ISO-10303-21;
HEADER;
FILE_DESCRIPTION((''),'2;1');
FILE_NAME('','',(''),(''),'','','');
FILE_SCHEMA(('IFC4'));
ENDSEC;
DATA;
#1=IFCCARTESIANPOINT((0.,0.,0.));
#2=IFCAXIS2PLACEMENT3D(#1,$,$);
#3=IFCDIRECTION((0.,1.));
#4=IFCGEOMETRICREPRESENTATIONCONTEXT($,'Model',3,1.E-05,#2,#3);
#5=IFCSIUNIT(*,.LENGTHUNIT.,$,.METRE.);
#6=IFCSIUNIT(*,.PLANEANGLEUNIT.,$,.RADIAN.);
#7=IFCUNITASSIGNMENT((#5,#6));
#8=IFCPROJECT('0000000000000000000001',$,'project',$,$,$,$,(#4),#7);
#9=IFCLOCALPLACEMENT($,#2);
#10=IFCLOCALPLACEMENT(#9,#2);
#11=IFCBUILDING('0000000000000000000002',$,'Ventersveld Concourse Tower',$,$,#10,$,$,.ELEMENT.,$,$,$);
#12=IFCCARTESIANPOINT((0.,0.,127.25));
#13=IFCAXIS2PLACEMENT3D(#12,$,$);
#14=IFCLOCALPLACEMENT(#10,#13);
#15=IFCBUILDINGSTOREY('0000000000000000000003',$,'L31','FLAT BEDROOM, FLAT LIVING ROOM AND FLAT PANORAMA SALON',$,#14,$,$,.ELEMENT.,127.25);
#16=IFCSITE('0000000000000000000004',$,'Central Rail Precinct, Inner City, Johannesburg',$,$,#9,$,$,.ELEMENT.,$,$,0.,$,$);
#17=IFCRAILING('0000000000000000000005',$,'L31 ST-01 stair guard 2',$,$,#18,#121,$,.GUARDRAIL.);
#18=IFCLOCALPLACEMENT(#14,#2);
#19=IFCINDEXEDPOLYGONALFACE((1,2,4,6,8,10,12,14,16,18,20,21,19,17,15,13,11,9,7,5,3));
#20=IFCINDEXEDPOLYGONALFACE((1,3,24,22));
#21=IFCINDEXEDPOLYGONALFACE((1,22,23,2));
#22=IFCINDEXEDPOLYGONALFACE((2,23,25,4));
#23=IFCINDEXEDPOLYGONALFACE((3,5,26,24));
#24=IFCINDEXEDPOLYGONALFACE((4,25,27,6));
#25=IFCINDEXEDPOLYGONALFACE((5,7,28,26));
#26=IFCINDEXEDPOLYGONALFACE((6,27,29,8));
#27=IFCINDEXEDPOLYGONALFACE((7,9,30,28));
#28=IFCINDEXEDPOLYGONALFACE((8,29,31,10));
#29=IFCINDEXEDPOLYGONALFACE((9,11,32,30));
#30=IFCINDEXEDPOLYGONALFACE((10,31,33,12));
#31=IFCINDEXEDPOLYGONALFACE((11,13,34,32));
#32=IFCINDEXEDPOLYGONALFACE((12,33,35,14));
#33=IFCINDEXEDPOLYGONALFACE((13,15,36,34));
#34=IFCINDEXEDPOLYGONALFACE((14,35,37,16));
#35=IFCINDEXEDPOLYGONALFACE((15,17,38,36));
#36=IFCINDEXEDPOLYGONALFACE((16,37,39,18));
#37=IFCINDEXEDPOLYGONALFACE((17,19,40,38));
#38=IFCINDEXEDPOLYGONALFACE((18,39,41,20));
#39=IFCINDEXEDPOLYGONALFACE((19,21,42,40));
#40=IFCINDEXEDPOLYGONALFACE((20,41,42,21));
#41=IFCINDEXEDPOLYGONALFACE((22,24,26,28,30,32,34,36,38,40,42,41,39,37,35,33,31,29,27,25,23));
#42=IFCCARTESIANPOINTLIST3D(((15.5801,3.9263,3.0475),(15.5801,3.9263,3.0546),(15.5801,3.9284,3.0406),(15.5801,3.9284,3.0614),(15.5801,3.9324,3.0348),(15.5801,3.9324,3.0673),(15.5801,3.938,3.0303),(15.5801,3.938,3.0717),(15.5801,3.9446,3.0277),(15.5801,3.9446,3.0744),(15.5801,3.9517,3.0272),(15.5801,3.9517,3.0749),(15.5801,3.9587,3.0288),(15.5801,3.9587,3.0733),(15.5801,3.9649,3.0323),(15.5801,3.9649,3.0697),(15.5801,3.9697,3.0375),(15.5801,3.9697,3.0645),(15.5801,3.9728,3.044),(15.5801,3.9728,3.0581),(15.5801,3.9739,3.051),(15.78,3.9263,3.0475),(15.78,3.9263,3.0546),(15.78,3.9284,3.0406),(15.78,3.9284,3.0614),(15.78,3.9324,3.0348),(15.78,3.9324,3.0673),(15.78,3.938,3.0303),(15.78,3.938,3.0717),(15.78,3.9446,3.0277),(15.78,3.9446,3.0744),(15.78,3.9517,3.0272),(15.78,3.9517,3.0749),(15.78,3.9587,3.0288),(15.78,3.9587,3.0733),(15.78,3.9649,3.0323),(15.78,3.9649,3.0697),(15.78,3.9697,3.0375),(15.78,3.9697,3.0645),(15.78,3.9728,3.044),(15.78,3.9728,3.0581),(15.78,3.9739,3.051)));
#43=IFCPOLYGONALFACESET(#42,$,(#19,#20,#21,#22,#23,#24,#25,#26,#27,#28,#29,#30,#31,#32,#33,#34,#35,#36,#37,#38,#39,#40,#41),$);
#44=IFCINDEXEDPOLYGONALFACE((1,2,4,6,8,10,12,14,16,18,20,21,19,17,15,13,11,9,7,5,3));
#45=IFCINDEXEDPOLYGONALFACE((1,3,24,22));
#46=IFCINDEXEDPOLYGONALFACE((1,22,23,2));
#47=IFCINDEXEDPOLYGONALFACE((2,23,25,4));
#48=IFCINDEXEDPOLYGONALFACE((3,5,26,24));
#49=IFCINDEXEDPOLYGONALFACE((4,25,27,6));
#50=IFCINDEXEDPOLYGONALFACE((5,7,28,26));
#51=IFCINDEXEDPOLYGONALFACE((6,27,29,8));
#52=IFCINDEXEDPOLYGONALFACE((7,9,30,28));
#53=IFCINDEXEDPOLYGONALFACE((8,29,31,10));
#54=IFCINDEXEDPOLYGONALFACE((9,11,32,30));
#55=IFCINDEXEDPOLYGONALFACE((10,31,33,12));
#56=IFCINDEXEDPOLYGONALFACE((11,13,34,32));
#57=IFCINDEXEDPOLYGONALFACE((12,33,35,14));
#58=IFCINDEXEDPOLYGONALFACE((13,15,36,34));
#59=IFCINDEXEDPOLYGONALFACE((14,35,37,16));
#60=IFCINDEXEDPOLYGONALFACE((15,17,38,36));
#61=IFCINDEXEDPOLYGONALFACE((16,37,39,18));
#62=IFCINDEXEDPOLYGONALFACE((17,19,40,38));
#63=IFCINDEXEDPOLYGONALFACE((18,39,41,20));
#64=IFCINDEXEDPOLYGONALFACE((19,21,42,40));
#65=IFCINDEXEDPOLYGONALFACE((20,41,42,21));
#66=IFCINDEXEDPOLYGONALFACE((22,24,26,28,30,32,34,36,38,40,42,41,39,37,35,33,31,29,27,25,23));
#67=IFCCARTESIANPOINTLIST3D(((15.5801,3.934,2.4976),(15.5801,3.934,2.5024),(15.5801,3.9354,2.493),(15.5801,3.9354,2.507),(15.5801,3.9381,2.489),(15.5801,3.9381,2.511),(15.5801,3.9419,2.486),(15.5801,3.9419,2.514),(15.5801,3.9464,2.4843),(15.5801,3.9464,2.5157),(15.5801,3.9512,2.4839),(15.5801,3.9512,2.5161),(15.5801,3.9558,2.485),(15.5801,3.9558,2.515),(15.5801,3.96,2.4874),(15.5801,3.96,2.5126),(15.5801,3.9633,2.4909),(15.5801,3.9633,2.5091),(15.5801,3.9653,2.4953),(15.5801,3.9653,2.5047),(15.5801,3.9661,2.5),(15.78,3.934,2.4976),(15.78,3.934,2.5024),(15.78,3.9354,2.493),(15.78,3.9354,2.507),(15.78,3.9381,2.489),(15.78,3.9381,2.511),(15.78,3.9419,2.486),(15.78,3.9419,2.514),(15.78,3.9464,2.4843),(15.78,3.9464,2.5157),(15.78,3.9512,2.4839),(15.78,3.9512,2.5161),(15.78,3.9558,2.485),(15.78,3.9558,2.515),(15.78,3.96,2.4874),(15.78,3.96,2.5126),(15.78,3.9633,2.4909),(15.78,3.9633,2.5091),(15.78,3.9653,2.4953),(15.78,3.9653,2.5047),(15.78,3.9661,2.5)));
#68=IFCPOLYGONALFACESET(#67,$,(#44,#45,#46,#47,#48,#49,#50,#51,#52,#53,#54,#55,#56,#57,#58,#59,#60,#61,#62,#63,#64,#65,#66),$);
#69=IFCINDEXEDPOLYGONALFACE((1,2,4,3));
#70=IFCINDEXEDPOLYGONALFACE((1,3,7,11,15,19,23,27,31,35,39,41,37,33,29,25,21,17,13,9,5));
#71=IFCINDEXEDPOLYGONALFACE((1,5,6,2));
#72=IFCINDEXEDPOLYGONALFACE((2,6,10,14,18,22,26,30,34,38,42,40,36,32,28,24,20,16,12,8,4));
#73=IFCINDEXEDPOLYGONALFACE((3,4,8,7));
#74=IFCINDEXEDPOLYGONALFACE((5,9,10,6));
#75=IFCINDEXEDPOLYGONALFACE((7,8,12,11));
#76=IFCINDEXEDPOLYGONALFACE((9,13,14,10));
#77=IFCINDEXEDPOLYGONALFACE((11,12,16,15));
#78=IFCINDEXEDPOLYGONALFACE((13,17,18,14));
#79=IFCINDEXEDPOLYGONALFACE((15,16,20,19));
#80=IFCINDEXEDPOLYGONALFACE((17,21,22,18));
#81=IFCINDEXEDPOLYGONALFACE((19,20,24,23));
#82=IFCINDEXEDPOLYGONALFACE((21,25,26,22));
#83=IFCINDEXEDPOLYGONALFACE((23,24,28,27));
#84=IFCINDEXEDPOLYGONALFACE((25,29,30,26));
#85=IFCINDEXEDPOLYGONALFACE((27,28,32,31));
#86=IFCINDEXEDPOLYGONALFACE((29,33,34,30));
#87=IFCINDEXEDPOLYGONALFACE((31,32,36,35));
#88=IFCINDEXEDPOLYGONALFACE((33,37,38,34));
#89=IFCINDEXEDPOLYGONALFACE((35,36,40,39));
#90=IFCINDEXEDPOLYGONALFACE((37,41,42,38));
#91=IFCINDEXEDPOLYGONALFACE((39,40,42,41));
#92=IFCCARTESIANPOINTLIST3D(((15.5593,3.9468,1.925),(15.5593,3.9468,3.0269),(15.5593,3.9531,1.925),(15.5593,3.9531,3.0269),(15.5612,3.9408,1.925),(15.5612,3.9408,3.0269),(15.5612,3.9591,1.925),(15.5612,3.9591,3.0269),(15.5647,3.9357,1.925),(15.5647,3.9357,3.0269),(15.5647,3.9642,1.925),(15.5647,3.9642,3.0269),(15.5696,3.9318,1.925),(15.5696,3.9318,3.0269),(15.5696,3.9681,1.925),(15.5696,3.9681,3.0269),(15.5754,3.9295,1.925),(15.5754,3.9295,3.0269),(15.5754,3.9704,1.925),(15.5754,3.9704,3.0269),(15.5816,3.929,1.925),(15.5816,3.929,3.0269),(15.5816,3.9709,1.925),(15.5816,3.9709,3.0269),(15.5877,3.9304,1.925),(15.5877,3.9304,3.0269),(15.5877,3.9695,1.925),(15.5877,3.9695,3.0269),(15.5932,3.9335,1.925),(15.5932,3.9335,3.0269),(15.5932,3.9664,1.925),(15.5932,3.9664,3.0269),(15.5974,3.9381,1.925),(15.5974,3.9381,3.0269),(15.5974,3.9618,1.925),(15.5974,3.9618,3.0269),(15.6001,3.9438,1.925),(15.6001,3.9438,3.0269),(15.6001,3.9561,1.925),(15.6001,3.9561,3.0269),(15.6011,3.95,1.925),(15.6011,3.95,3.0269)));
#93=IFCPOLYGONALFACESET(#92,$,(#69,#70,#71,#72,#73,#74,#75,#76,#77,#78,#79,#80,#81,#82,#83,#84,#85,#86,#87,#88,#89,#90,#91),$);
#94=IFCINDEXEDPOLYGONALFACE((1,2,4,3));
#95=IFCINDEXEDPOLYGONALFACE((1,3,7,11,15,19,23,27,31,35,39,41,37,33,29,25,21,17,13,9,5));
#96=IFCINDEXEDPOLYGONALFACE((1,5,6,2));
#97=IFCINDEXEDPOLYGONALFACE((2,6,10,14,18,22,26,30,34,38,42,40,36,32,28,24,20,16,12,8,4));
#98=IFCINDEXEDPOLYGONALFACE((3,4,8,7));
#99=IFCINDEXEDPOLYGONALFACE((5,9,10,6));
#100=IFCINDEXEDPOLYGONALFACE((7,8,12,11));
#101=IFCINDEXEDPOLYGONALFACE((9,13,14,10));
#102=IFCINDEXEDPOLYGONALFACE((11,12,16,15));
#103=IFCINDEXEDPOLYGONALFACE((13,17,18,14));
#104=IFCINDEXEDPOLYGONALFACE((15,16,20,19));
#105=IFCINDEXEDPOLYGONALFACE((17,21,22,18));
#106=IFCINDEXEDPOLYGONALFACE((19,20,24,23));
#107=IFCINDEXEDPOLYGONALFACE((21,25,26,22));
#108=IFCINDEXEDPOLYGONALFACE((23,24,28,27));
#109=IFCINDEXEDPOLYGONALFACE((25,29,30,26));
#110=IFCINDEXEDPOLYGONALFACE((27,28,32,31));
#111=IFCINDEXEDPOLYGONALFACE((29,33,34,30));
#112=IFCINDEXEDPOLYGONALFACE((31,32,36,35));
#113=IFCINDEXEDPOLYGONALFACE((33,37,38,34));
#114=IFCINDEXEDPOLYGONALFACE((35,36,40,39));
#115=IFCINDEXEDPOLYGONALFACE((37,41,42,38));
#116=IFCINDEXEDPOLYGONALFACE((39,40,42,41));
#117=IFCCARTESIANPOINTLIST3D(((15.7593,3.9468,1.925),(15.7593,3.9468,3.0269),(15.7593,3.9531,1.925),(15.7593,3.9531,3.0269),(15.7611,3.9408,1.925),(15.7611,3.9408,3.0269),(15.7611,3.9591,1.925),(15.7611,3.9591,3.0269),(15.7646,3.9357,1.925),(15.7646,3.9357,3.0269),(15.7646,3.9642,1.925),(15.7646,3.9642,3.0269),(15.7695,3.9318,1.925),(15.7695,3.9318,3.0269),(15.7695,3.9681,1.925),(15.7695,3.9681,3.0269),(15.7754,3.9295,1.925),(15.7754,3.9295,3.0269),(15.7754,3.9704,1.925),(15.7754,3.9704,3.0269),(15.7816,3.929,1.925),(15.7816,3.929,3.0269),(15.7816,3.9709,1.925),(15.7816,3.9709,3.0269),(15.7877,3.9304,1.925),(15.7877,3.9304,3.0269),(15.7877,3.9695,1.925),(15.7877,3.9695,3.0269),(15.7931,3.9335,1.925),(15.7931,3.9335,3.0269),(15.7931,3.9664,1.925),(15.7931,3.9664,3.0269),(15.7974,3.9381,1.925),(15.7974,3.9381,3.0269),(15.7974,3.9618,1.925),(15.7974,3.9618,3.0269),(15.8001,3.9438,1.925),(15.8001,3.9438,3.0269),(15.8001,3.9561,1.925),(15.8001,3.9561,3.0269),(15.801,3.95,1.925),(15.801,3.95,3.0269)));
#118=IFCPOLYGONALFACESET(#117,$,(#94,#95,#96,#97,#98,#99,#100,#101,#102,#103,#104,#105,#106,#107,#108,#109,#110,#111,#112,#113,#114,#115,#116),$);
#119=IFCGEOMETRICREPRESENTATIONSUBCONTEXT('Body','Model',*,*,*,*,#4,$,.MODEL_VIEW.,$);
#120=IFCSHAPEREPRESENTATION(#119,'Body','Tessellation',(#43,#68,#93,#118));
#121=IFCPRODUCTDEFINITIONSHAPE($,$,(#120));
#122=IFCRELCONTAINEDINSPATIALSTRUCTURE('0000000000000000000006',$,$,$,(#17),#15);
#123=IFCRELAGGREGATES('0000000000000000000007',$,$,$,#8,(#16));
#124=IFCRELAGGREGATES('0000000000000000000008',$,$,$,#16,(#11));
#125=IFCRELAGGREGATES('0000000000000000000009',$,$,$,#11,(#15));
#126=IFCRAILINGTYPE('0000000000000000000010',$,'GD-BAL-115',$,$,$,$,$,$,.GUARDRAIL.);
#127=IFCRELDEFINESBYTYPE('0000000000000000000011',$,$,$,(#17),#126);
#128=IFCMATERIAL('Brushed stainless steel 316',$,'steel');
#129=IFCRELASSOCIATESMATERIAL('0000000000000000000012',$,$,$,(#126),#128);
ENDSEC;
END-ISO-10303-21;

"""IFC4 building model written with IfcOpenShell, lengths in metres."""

from ifc_helpers import new_model, si_unit, direction, frame, origin, origin_2d, place, context, subcontext, project, spatial, circle, extrude, material, type_object, element, save


model = new_model("IFC4")

# Units and contexts
model_context = context("Model", 3, precision=1e-05, world=origin(), true_north=direction((0.0, 1.0)))
body_context = subcontext(model_context, "Body", "Model", "MODEL_VIEW")
ifc_project = project(units=[si_unit("LENGTHUNIT", "METRE"), si_unit("PLANEANGLEUNIT", "RADIAN")], contexts=[model_context])

# Site, building, storey
site_placement = place(None, origin())
site = spatial("IfcSite", under=ifc_project, at=site_placement, Name="Central Rail Precinct, Inner City, Johannesburg", CompositionType="ELEMENT", RefElevation=0.0)
building_placement = place(site_placement, origin())
building = spatial("IfcBuilding", under=site, at=building_placement, Name="Ventersveld Concourse Tower", CompositionType="ELEMENT")
storey_placement = place(building_placement, frame((0.0, 0.0, 127.25)))
storey = spatial("IfcBuildingStorey", under=building, at=storey_placement, Name="L31", Description="FLAT BEDROOM, FLAT LIVING ROOM AND FLAT PANORAMA SALON", CompositionType="ELEMENT", Elevation=127.25)

# Railing
ifc_material_1 = material(Name="Brushed stainless steel 316", Category="steel")
railing_type_1 = type_object("IfcRailingType", Name="GD-BAL-115", PredefinedType="GUARDRAIL", material=ifc_material_1)
railing_1_placement = place(storey_placement, frame((15.5801, 3.95, 1.925)))
element("IfcRailing", 1, at=railing_1_placement, inside=storey, type_object=railing_type_1, Name="L31 ST-01 stair guard 2", PredefinedType="GUARDRAIL", context=body_context, shape_type="SweptSolid", body=[
    extrude(circle(Radius=0.0239, at=origin_2d()), frame((0.0, 0.0, 1.126), z_axis=(1.0, 0.0, 0.0), x_axis=(0.0, 1.0, 0.0)), (0.0, 0.0, 1.0), 0.2),
    extrude(circle(Radius=0.0161, at=origin_2d()), frame((0.0, 0.0, 0.575), z_axis=(1.0, 0.0, 0.0), x_axis=(0.0, 1.0, 0.0)), (0.0, 0.0, 1.0), 0.2),
    extrude(circle(Radius=0.021, at=origin_2d()), origin(), (0.0, 0.0, 1.0), 1.1018),
    extrude(circle(Radius=0.021, at=origin_2d()), frame((0.2, 0.0, 0.0)), (0.0, 0.0, 1.0), 1.1018),
])

save(model, "model.ifc")
